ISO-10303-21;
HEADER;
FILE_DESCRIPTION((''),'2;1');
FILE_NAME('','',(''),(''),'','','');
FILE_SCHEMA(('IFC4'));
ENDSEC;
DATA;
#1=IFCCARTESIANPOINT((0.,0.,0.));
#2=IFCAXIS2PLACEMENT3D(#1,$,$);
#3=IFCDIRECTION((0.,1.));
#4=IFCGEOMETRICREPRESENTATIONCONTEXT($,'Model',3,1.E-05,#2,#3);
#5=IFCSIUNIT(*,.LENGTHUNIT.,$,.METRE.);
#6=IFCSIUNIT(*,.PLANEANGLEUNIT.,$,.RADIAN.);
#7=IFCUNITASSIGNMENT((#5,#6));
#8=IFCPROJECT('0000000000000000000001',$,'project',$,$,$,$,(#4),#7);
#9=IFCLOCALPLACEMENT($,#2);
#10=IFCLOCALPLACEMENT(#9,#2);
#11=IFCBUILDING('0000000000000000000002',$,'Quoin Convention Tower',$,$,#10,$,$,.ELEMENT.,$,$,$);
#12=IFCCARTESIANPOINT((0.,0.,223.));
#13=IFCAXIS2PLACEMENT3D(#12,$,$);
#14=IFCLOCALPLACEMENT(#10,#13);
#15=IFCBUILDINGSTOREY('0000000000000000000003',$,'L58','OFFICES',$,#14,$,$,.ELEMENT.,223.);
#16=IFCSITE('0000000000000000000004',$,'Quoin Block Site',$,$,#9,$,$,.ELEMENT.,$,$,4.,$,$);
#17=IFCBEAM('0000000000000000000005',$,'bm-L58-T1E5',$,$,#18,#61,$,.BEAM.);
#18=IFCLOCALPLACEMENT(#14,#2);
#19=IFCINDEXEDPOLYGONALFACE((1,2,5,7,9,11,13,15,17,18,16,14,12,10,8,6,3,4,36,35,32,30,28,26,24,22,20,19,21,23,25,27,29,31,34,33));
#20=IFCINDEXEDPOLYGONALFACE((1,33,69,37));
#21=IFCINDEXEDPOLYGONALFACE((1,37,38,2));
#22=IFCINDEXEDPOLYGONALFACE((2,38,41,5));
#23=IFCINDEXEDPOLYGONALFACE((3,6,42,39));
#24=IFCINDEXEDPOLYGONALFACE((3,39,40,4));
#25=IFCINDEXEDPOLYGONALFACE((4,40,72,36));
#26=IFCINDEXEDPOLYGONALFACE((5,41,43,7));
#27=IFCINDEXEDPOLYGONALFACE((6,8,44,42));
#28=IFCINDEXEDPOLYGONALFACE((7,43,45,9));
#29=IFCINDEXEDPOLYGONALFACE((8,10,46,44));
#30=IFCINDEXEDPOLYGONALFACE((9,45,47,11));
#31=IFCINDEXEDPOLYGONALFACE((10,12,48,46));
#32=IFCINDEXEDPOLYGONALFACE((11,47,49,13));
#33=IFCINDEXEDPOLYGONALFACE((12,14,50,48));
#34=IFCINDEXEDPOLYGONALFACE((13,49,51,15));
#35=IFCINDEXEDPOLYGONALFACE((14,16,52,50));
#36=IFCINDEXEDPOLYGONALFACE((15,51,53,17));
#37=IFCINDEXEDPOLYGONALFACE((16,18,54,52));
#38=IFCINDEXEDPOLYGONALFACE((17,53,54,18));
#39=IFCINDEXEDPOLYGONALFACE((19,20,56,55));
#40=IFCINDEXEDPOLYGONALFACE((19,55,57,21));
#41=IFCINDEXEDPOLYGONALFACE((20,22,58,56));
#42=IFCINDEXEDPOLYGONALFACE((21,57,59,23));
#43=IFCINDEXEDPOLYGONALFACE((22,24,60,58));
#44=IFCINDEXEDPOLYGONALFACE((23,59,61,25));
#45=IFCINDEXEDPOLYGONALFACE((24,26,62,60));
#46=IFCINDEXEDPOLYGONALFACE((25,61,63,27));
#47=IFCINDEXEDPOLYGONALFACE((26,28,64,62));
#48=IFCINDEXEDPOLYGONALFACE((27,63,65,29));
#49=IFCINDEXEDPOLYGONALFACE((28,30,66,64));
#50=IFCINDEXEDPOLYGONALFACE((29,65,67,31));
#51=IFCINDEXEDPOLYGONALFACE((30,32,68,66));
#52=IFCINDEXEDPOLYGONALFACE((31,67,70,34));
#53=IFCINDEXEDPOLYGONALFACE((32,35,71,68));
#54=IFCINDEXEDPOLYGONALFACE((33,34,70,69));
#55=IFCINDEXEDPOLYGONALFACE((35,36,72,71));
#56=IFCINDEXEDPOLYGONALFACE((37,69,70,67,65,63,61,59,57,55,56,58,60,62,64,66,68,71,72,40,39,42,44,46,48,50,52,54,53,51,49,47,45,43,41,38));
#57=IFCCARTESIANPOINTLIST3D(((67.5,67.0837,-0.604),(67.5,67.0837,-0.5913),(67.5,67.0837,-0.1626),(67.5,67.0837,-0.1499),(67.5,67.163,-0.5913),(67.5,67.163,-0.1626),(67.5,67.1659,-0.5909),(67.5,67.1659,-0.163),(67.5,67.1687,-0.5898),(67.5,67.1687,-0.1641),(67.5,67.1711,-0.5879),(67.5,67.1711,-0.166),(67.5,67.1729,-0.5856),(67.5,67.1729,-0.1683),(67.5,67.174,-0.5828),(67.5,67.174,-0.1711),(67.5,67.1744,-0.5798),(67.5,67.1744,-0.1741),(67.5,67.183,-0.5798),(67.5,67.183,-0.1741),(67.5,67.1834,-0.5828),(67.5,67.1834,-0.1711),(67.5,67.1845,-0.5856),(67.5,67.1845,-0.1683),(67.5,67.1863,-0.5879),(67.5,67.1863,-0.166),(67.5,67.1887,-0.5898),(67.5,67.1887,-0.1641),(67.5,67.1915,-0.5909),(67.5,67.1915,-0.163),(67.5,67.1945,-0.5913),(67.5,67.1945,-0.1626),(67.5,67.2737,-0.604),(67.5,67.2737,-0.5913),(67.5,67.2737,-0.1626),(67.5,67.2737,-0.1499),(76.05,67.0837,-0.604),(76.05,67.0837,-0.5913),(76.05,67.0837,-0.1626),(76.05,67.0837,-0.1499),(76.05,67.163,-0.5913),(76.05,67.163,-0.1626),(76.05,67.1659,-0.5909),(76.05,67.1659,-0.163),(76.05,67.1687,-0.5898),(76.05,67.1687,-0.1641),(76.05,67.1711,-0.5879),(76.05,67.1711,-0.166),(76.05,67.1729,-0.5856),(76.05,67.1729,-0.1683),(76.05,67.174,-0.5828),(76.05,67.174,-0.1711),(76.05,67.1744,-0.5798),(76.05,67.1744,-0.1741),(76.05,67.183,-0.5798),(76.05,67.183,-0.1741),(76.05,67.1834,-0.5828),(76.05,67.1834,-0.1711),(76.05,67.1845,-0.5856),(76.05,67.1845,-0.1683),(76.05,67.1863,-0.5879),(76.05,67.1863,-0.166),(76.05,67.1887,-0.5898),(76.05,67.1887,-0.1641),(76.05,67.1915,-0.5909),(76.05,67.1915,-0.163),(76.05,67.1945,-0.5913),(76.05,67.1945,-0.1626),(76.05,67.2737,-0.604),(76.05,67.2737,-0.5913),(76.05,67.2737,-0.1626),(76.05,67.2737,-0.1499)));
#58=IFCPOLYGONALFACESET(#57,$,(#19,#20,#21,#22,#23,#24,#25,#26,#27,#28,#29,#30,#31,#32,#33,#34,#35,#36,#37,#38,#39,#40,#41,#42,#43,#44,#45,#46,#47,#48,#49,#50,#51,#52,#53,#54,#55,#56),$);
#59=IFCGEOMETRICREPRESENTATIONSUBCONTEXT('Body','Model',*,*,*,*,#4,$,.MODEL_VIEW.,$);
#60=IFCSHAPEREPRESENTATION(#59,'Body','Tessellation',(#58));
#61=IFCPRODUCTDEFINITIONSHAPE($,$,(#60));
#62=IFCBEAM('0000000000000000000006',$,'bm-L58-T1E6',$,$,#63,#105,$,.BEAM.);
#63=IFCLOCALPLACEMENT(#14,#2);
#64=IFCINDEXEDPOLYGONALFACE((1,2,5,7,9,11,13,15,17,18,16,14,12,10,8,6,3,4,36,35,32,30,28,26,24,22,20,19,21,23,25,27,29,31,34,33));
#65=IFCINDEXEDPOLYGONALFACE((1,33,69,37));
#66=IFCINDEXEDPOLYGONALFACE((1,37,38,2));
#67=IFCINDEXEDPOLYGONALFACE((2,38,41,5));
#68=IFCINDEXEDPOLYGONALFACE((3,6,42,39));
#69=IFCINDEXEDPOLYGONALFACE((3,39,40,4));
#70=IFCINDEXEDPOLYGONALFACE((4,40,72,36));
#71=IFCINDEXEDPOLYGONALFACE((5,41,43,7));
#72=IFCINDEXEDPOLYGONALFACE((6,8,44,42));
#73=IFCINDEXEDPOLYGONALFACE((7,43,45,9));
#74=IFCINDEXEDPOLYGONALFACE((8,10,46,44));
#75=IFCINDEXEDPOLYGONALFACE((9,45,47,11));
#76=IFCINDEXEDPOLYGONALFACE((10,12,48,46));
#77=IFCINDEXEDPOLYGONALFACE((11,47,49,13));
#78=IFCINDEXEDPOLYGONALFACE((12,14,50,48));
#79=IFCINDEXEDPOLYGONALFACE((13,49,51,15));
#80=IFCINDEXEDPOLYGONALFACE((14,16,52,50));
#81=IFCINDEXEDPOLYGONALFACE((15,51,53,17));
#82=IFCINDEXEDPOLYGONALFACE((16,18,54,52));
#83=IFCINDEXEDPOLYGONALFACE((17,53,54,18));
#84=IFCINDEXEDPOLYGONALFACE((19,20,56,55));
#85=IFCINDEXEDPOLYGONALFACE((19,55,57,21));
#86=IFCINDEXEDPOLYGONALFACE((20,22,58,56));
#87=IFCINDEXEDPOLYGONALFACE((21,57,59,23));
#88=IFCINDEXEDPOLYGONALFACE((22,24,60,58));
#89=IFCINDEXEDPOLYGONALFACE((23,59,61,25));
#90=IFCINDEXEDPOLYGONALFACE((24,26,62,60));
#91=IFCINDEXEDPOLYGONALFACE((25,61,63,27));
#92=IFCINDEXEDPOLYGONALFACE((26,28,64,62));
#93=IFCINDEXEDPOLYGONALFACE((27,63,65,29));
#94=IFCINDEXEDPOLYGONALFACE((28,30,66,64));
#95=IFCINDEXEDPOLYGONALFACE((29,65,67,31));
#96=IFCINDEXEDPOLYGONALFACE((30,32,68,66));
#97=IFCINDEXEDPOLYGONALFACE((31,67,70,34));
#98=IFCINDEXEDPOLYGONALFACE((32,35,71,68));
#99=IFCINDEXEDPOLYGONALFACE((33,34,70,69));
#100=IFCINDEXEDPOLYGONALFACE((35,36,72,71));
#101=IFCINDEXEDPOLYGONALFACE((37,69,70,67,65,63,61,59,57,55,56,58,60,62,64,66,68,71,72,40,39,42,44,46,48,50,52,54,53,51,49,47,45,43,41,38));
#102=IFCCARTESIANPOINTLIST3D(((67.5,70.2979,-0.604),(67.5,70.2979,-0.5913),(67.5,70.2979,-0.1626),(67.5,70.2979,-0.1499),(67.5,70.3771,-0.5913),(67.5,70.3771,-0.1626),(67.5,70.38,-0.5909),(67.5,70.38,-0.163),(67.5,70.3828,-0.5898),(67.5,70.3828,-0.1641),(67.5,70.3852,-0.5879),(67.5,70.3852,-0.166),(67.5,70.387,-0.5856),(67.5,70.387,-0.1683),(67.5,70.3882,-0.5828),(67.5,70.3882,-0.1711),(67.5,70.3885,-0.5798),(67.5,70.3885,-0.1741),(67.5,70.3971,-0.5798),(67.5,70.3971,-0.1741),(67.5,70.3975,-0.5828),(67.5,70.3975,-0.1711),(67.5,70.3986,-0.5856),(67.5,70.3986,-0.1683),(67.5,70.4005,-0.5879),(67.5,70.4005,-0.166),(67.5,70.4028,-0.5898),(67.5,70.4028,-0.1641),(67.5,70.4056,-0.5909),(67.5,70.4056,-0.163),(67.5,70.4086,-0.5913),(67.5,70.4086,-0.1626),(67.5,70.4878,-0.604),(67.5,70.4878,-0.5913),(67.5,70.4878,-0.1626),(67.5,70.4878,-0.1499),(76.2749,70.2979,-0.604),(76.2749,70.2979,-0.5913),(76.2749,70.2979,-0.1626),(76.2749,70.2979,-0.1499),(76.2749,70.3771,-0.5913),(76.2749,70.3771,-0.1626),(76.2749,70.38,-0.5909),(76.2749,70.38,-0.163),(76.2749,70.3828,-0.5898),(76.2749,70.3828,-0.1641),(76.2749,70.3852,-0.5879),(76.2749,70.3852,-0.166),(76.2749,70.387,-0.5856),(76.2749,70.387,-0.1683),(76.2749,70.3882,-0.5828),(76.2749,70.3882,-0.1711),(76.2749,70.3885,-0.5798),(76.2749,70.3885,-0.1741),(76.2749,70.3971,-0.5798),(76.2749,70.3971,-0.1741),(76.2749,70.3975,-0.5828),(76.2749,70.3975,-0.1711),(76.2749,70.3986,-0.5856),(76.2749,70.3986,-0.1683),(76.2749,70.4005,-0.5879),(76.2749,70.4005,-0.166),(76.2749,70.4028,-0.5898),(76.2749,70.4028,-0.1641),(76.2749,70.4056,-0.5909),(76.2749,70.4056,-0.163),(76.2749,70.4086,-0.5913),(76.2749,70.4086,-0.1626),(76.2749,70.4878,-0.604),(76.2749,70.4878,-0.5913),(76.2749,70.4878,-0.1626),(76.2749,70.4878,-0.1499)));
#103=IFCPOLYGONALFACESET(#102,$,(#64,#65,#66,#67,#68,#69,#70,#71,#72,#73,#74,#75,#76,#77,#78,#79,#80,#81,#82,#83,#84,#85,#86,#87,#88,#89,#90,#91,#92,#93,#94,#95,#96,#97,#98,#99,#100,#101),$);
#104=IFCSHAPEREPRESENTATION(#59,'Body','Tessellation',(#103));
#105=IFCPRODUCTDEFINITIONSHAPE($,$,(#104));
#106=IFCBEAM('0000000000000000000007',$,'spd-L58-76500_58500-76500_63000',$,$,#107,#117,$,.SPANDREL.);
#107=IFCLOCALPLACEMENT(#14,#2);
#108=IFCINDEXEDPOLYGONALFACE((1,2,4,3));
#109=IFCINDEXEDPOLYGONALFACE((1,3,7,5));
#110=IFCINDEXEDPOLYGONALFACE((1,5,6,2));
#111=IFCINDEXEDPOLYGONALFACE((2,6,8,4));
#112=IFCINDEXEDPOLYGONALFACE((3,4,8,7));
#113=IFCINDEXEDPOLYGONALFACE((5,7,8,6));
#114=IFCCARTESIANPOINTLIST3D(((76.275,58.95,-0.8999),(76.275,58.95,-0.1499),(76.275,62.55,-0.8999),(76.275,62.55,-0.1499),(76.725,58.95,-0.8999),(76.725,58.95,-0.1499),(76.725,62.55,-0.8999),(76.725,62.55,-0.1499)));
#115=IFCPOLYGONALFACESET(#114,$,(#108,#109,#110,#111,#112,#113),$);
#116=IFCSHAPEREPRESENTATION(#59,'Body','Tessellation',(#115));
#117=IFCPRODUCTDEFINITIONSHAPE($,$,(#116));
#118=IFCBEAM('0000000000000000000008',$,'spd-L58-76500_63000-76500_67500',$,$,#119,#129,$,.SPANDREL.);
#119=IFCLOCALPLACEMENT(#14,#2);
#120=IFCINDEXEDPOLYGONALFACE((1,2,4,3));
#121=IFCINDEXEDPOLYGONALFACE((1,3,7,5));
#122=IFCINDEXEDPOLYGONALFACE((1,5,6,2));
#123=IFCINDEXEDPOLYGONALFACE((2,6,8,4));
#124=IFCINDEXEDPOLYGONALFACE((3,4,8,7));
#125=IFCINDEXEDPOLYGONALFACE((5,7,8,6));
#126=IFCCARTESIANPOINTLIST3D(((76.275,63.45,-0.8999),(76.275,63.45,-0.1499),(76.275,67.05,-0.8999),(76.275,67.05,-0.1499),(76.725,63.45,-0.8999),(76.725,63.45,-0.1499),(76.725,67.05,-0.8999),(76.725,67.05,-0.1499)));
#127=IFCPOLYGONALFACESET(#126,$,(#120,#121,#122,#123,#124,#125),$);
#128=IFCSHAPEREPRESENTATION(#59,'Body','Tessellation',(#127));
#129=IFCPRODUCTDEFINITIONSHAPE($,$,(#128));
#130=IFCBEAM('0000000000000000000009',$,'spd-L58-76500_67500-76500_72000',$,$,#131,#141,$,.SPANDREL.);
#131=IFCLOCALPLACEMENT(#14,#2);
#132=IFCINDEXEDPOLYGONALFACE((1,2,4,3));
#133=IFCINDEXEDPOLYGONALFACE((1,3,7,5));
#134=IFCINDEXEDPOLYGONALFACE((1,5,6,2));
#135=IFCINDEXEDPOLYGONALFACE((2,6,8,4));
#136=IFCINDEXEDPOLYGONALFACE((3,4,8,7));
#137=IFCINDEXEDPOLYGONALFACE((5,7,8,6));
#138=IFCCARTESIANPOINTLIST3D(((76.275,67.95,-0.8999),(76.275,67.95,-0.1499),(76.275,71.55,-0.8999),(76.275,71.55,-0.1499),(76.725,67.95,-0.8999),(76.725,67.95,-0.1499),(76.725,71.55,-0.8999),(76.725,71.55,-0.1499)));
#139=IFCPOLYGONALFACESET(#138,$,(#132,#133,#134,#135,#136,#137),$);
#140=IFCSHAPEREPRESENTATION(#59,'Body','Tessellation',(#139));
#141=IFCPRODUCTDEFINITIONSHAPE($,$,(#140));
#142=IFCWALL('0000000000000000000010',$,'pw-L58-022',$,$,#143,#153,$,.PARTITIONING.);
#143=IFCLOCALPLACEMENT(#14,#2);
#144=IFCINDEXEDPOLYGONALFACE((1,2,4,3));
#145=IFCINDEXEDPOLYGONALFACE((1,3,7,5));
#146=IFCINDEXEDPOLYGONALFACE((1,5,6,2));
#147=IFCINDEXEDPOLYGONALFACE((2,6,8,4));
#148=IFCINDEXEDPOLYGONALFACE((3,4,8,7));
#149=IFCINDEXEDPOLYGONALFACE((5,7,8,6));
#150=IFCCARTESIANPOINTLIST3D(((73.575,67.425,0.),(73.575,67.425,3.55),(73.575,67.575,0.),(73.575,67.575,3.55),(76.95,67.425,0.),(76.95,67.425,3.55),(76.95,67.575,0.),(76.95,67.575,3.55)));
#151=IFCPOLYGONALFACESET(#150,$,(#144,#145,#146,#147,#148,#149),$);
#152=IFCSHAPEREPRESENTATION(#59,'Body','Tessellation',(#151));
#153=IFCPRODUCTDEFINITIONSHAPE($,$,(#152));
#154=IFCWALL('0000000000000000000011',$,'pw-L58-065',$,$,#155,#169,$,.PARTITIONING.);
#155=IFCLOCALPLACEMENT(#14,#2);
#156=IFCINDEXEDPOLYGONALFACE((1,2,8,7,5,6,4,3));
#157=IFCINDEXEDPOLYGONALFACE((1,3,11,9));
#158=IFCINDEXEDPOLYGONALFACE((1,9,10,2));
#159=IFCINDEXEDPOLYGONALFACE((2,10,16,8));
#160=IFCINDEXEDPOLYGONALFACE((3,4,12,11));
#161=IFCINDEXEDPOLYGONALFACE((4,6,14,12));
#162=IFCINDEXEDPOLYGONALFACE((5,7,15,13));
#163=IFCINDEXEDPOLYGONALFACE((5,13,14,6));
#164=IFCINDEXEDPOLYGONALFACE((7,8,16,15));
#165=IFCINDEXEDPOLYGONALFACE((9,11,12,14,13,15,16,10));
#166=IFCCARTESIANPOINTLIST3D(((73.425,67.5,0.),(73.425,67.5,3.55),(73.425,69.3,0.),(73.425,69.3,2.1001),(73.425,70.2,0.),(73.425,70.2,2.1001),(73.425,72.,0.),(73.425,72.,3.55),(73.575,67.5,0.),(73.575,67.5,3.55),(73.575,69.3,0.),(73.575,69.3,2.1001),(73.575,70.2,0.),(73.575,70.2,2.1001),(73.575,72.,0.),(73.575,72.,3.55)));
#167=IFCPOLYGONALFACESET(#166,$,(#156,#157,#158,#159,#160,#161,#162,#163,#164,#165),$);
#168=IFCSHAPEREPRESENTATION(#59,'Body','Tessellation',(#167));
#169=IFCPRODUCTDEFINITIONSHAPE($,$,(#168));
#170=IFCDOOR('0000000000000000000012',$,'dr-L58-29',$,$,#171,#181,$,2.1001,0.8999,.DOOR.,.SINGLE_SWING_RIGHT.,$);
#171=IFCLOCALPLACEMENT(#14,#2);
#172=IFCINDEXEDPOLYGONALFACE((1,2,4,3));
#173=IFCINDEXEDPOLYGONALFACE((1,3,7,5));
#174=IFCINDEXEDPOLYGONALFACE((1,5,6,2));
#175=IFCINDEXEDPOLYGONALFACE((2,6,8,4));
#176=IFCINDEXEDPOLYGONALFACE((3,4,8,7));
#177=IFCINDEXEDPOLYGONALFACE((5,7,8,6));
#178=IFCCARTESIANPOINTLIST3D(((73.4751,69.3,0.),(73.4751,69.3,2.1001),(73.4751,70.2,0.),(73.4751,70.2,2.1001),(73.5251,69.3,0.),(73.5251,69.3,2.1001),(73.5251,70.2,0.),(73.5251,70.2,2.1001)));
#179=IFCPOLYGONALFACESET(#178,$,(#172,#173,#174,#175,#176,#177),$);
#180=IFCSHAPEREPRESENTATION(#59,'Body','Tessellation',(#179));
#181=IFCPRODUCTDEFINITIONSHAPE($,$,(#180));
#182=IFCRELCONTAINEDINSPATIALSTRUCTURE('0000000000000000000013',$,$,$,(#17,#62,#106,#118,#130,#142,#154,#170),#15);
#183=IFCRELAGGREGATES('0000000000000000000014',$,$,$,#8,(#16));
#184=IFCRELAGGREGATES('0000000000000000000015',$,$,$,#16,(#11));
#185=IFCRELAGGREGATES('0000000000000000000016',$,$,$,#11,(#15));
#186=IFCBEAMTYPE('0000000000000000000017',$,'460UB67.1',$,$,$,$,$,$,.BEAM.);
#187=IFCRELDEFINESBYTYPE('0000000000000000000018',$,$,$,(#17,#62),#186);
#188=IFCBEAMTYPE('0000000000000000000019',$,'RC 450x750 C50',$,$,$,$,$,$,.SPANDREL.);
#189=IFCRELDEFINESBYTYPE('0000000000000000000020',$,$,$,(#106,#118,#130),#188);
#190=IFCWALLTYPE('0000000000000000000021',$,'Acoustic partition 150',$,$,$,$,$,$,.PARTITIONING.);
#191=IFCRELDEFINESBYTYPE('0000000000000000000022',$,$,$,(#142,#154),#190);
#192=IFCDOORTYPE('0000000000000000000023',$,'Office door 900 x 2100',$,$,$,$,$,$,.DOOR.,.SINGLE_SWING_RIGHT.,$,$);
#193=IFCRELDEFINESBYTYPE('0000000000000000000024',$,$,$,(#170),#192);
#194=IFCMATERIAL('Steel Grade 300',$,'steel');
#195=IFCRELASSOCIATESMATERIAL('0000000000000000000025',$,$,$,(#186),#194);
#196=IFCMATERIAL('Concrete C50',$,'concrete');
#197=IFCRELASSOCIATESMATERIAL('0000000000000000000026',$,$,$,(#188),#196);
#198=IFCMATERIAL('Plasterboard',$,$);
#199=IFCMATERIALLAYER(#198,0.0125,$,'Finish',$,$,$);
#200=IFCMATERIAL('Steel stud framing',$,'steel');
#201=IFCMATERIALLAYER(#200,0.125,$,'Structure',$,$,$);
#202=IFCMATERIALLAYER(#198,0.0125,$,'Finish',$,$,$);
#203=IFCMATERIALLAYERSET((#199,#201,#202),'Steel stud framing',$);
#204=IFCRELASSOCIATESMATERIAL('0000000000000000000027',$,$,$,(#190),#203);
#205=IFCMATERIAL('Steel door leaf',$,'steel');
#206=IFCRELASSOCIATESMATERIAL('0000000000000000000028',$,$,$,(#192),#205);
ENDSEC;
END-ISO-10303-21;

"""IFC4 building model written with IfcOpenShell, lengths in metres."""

from ifc_helpers import new_model, si_unit, direction, frame, frame_2d, origin, origin_2d, place, context, subcontext, project, spatial, rectangle, i_section, extrude, material, layer, layer_set, material_profile, profile_set, type_object, element, fill, save


model = new_model("IFC4")

# Units and contexts
model_context = context("Model", 3, precision=1e-05, world=origin(), true_north=direction((0.0, 1.0)))
body_context = subcontext(model_context, "Body", "Model", "MODEL_VIEW")
ifc_project = project(units=[si_unit("LENGTHUNIT", "METRE"), si_unit("PLANEANGLEUNIT", "RADIAN")], contexts=[model_context])

# Site, building, storey
site_placement = place(None, origin())
site = spatial("IfcSite", under=ifc_project, at=site_placement, Name="Quoin Block Site", CompositionType="ELEMENT", RefElevation=4.0)
building_placement = place(site_placement, origin())
building = spatial("IfcBuilding", under=site, at=building_placement, Name="Quoin Convention Tower", CompositionType="ELEMENT")
storey_placement = place(building_placement, frame((0.0, 0.0, 223.0)))
storey = spatial("IfcBuildingStorey", under=building, at=storey_placement, Name="L58", Description="OFFICES", CompositionType="ELEMENT", Elevation=223.0)

# Shared definitions
ifc_material_1 = material(Name="Concrete C50", Category="concrete")

# Beams
ifc_material_2 = material(Name="Steel Grade 300", Category="steel")
ifc_material_profile_1 = material_profile(ifc_material_2, i_section(OverallWidth=0.1899, OverallDepth=0.4541, WebThickness=0.0085, FlangeThickness=0.0127, FilletRadius=0.0115, at=origin_2d()), Name="460UB67.1")
ifc_profile_set_1 = profile_set([ifc_material_profile_1], Name="Steel Grade 300")
beam_type_1 = type_object("IfcBeamType", Name="460UB67.1", PredefinedType="BEAM", material=ifc_profile_set_1)
beam_1_placement = place(storey_placement, frame((67.5, 67.1787, -0.377), z_axis=(1.0, 0.0, 0.0), x_axis=(0.0, 1.0, 0.0)))
element("IfcBeam", 1, at=beam_1_placement, inside=storey, type_object=beam_type_1, Name="bm-L58-T1E5", PredefinedType="BEAM", context=body_context, shape_type="SweptSolid", body=[
    extrude(i_section(OverallWidth=0.1899, OverallDepth=0.4541, WebThickness=0.0085, FlangeThickness=0.0127, FilletRadius=0.0115, at=origin_2d()), origin(), (0.0, 0.0, 1.0), 8.55),
])
beam_2_placement = place(storey_placement, frame((67.5, 70.3928, -0.377), z_axis=(1.0, 0.0, 0.0), x_axis=(0.0, 1.0, 0.0)))
element("IfcBeam", 2, at=beam_2_placement, inside=storey, type_object=beam_type_1, Name="bm-L58-T1E6", PredefinedType="BEAM", context=body_context, shape_type="SweptSolid", body=[
    extrude(i_section(OverallWidth=0.1899, OverallDepth=0.4541, WebThickness=0.0085, FlangeThickness=0.0127, FilletRadius=0.0115, at=origin_2d()), origin(), (0.0, 0.0, 1.0), 8.7749),
])
ifc_material_profile_2 = material_profile(ifc_material_1, rectangle(XDim=0.45, YDim=0.75, at=origin_2d()), Name="RC 450x750")
ifc_profile_set_2 = profile_set([ifc_material_profile_2], Name="Concrete C50")
beam_type_2 = type_object("IfcBeamType", Name="RC 450x750 C50", PredefinedType="SPANDREL", material=ifc_profile_set_2)
for number, where, z_axis, x_axis, name in (
    (3, (76.5, 58.95, -0.5249), (0.0, 1.0, 0.0), (-1.0, 0.0, 0.0), "spd-L58-76500_58500-76500_63000"),
    (4, (76.5, 63.45, -0.5249), (0.0, 1.0, 0.0), (-1.0, 0.0, 0.0), "spd-L58-76500_63000-76500_67500"),
    (5, (76.5, 67.95, -0.5249), (0.0, 1.0, 0.0), (-1.0, 0.0, 0.0), "spd-L58-76500_67500-76500_72000"),
):
    element("IfcBeam", number, at=place(storey_placement, frame(where, z_axis=z_axis, x_axis=x_axis)), inside=storey, type_object=beam_type_2, Name=name, PredefinedType="SPANDREL", context=body_context, shape_type="SweptSolid", body=[
        extrude(rectangle(XDim=0.45, YDim=0.75, at=origin_2d()), origin(), (0.0, 0.0, 1.0), 3.6001),
    ])

# Wall
ifc_material_3 = material(Name="Plasterboard")
ifc_layer_1 = layer(ifc_material_3, 0.0125, Name="Finish")
ifc_material_4 = material(Name="Steel stud framing", Category="steel")
ifc_layer_2 = layer(ifc_material_4, 0.125, Name="Structure")
ifc_layer_3 = layer(ifc_material_3, 0.0125, Name="Finish")
ifc_layer_set_1 = layer_set([ifc_layer_1, ifc_layer_2, ifc_layer_3], Name="Steel stud framing")
wall_type_1 = type_object("IfcWallType", Name="Acoustic partition 150", PredefinedType="PARTITIONING", material=ifc_layer_set_1)
wall_1_placement = place(storey_placement, frame((73.575, 67.5, 0.0), z_axis=(0.0, 0.0, 1.0), x_axis=(1.0, 0.0, 0.0)))
element("IfcWall", 6, at=wall_1_placement, inside=storey, type_object=wall_type_1, Name="pw-L58-022", PredefinedType="PARTITIONING", context=body_context, shape_type="SweptSolid", body=[
    extrude(rectangle(XDim=3.375, YDim=0.1499, at=frame_2d((1.6875, 0.0))), origin(), (0.0, 0.0, 1.0), 3.55),
])

# Wall, opening, door
wall_2_placement = place(storey_placement, frame((73.5, 67.5, 0.0), z_axis=(0.0, 0.0, 1.0), x_axis=(0.0, 1.0, 0.0)))
wall_2 = element("IfcWall", 7, at=wall_2_placement, inside=storey, type_object=wall_type_1, Name="pw-L58-065", PredefinedType="PARTITIONING", context=body_context, shape_type="SweptSolid", body=[
    extrude(rectangle(XDim=4.5, YDim=0.1499, at=frame_2d((2.25, 0.0))), origin(), (0.0, 0.0, 1.0), 3.55),
])
opening_1_placement = place(wall_2_placement, frame((1.8, 0.0, 0.0)))
opening_1 = element("IfcOpeningElement", 8, at=opening_1_placement, cuts=wall_2, PredefinedType="OPENING", context=body_context, shape_type="SweptSolid", body=[
    extrude(rectangle(XDim=0.8999, YDim=2.1001, at=frame_2d((0.45, 1.05))), frame((0.0, 0.085, 0.0), z_axis=(0.0, -1.0, 0.0), x_axis=(1.0, 0.0, 0.0)), (0.0, 0.0, 1.0), 0.1699),
])
ifc_material_5 = material(Name="Steel door leaf", Category="steel")
door_type_1 = type_object("IfcDoorType", Name="Office door 900 x 2100", OperationType="SINGLE_SWING_RIGHT", PredefinedType="DOOR", material=ifc_material_5)
door_1_placement = place(opening_1_placement, origin())
door_1 = element("IfcDoor", 9, at=door_1_placement, inside=storey, type_object=door_type_1, Name="dr-L58-29", OperationType="SINGLE_SWING_RIGHT", OverallHeight=2.1001, OverallWidth=0.8999, PredefinedType="DOOR", context=body_context, shape_type="SweptSolid", body=[
    extrude(rectangle(XDim=0.8999, YDim=2.1001, at=frame_2d((0.45, 1.05))), frame((0.0, 0.0249, 0.0), z_axis=(0.0, -1.0, 0.0), x_axis=(1.0, 0.0, 0.0)), (0.0, 0.0, 1.0), 0.05),
])
fill(opening_1, door_1)

save(model, "model.ifc")
